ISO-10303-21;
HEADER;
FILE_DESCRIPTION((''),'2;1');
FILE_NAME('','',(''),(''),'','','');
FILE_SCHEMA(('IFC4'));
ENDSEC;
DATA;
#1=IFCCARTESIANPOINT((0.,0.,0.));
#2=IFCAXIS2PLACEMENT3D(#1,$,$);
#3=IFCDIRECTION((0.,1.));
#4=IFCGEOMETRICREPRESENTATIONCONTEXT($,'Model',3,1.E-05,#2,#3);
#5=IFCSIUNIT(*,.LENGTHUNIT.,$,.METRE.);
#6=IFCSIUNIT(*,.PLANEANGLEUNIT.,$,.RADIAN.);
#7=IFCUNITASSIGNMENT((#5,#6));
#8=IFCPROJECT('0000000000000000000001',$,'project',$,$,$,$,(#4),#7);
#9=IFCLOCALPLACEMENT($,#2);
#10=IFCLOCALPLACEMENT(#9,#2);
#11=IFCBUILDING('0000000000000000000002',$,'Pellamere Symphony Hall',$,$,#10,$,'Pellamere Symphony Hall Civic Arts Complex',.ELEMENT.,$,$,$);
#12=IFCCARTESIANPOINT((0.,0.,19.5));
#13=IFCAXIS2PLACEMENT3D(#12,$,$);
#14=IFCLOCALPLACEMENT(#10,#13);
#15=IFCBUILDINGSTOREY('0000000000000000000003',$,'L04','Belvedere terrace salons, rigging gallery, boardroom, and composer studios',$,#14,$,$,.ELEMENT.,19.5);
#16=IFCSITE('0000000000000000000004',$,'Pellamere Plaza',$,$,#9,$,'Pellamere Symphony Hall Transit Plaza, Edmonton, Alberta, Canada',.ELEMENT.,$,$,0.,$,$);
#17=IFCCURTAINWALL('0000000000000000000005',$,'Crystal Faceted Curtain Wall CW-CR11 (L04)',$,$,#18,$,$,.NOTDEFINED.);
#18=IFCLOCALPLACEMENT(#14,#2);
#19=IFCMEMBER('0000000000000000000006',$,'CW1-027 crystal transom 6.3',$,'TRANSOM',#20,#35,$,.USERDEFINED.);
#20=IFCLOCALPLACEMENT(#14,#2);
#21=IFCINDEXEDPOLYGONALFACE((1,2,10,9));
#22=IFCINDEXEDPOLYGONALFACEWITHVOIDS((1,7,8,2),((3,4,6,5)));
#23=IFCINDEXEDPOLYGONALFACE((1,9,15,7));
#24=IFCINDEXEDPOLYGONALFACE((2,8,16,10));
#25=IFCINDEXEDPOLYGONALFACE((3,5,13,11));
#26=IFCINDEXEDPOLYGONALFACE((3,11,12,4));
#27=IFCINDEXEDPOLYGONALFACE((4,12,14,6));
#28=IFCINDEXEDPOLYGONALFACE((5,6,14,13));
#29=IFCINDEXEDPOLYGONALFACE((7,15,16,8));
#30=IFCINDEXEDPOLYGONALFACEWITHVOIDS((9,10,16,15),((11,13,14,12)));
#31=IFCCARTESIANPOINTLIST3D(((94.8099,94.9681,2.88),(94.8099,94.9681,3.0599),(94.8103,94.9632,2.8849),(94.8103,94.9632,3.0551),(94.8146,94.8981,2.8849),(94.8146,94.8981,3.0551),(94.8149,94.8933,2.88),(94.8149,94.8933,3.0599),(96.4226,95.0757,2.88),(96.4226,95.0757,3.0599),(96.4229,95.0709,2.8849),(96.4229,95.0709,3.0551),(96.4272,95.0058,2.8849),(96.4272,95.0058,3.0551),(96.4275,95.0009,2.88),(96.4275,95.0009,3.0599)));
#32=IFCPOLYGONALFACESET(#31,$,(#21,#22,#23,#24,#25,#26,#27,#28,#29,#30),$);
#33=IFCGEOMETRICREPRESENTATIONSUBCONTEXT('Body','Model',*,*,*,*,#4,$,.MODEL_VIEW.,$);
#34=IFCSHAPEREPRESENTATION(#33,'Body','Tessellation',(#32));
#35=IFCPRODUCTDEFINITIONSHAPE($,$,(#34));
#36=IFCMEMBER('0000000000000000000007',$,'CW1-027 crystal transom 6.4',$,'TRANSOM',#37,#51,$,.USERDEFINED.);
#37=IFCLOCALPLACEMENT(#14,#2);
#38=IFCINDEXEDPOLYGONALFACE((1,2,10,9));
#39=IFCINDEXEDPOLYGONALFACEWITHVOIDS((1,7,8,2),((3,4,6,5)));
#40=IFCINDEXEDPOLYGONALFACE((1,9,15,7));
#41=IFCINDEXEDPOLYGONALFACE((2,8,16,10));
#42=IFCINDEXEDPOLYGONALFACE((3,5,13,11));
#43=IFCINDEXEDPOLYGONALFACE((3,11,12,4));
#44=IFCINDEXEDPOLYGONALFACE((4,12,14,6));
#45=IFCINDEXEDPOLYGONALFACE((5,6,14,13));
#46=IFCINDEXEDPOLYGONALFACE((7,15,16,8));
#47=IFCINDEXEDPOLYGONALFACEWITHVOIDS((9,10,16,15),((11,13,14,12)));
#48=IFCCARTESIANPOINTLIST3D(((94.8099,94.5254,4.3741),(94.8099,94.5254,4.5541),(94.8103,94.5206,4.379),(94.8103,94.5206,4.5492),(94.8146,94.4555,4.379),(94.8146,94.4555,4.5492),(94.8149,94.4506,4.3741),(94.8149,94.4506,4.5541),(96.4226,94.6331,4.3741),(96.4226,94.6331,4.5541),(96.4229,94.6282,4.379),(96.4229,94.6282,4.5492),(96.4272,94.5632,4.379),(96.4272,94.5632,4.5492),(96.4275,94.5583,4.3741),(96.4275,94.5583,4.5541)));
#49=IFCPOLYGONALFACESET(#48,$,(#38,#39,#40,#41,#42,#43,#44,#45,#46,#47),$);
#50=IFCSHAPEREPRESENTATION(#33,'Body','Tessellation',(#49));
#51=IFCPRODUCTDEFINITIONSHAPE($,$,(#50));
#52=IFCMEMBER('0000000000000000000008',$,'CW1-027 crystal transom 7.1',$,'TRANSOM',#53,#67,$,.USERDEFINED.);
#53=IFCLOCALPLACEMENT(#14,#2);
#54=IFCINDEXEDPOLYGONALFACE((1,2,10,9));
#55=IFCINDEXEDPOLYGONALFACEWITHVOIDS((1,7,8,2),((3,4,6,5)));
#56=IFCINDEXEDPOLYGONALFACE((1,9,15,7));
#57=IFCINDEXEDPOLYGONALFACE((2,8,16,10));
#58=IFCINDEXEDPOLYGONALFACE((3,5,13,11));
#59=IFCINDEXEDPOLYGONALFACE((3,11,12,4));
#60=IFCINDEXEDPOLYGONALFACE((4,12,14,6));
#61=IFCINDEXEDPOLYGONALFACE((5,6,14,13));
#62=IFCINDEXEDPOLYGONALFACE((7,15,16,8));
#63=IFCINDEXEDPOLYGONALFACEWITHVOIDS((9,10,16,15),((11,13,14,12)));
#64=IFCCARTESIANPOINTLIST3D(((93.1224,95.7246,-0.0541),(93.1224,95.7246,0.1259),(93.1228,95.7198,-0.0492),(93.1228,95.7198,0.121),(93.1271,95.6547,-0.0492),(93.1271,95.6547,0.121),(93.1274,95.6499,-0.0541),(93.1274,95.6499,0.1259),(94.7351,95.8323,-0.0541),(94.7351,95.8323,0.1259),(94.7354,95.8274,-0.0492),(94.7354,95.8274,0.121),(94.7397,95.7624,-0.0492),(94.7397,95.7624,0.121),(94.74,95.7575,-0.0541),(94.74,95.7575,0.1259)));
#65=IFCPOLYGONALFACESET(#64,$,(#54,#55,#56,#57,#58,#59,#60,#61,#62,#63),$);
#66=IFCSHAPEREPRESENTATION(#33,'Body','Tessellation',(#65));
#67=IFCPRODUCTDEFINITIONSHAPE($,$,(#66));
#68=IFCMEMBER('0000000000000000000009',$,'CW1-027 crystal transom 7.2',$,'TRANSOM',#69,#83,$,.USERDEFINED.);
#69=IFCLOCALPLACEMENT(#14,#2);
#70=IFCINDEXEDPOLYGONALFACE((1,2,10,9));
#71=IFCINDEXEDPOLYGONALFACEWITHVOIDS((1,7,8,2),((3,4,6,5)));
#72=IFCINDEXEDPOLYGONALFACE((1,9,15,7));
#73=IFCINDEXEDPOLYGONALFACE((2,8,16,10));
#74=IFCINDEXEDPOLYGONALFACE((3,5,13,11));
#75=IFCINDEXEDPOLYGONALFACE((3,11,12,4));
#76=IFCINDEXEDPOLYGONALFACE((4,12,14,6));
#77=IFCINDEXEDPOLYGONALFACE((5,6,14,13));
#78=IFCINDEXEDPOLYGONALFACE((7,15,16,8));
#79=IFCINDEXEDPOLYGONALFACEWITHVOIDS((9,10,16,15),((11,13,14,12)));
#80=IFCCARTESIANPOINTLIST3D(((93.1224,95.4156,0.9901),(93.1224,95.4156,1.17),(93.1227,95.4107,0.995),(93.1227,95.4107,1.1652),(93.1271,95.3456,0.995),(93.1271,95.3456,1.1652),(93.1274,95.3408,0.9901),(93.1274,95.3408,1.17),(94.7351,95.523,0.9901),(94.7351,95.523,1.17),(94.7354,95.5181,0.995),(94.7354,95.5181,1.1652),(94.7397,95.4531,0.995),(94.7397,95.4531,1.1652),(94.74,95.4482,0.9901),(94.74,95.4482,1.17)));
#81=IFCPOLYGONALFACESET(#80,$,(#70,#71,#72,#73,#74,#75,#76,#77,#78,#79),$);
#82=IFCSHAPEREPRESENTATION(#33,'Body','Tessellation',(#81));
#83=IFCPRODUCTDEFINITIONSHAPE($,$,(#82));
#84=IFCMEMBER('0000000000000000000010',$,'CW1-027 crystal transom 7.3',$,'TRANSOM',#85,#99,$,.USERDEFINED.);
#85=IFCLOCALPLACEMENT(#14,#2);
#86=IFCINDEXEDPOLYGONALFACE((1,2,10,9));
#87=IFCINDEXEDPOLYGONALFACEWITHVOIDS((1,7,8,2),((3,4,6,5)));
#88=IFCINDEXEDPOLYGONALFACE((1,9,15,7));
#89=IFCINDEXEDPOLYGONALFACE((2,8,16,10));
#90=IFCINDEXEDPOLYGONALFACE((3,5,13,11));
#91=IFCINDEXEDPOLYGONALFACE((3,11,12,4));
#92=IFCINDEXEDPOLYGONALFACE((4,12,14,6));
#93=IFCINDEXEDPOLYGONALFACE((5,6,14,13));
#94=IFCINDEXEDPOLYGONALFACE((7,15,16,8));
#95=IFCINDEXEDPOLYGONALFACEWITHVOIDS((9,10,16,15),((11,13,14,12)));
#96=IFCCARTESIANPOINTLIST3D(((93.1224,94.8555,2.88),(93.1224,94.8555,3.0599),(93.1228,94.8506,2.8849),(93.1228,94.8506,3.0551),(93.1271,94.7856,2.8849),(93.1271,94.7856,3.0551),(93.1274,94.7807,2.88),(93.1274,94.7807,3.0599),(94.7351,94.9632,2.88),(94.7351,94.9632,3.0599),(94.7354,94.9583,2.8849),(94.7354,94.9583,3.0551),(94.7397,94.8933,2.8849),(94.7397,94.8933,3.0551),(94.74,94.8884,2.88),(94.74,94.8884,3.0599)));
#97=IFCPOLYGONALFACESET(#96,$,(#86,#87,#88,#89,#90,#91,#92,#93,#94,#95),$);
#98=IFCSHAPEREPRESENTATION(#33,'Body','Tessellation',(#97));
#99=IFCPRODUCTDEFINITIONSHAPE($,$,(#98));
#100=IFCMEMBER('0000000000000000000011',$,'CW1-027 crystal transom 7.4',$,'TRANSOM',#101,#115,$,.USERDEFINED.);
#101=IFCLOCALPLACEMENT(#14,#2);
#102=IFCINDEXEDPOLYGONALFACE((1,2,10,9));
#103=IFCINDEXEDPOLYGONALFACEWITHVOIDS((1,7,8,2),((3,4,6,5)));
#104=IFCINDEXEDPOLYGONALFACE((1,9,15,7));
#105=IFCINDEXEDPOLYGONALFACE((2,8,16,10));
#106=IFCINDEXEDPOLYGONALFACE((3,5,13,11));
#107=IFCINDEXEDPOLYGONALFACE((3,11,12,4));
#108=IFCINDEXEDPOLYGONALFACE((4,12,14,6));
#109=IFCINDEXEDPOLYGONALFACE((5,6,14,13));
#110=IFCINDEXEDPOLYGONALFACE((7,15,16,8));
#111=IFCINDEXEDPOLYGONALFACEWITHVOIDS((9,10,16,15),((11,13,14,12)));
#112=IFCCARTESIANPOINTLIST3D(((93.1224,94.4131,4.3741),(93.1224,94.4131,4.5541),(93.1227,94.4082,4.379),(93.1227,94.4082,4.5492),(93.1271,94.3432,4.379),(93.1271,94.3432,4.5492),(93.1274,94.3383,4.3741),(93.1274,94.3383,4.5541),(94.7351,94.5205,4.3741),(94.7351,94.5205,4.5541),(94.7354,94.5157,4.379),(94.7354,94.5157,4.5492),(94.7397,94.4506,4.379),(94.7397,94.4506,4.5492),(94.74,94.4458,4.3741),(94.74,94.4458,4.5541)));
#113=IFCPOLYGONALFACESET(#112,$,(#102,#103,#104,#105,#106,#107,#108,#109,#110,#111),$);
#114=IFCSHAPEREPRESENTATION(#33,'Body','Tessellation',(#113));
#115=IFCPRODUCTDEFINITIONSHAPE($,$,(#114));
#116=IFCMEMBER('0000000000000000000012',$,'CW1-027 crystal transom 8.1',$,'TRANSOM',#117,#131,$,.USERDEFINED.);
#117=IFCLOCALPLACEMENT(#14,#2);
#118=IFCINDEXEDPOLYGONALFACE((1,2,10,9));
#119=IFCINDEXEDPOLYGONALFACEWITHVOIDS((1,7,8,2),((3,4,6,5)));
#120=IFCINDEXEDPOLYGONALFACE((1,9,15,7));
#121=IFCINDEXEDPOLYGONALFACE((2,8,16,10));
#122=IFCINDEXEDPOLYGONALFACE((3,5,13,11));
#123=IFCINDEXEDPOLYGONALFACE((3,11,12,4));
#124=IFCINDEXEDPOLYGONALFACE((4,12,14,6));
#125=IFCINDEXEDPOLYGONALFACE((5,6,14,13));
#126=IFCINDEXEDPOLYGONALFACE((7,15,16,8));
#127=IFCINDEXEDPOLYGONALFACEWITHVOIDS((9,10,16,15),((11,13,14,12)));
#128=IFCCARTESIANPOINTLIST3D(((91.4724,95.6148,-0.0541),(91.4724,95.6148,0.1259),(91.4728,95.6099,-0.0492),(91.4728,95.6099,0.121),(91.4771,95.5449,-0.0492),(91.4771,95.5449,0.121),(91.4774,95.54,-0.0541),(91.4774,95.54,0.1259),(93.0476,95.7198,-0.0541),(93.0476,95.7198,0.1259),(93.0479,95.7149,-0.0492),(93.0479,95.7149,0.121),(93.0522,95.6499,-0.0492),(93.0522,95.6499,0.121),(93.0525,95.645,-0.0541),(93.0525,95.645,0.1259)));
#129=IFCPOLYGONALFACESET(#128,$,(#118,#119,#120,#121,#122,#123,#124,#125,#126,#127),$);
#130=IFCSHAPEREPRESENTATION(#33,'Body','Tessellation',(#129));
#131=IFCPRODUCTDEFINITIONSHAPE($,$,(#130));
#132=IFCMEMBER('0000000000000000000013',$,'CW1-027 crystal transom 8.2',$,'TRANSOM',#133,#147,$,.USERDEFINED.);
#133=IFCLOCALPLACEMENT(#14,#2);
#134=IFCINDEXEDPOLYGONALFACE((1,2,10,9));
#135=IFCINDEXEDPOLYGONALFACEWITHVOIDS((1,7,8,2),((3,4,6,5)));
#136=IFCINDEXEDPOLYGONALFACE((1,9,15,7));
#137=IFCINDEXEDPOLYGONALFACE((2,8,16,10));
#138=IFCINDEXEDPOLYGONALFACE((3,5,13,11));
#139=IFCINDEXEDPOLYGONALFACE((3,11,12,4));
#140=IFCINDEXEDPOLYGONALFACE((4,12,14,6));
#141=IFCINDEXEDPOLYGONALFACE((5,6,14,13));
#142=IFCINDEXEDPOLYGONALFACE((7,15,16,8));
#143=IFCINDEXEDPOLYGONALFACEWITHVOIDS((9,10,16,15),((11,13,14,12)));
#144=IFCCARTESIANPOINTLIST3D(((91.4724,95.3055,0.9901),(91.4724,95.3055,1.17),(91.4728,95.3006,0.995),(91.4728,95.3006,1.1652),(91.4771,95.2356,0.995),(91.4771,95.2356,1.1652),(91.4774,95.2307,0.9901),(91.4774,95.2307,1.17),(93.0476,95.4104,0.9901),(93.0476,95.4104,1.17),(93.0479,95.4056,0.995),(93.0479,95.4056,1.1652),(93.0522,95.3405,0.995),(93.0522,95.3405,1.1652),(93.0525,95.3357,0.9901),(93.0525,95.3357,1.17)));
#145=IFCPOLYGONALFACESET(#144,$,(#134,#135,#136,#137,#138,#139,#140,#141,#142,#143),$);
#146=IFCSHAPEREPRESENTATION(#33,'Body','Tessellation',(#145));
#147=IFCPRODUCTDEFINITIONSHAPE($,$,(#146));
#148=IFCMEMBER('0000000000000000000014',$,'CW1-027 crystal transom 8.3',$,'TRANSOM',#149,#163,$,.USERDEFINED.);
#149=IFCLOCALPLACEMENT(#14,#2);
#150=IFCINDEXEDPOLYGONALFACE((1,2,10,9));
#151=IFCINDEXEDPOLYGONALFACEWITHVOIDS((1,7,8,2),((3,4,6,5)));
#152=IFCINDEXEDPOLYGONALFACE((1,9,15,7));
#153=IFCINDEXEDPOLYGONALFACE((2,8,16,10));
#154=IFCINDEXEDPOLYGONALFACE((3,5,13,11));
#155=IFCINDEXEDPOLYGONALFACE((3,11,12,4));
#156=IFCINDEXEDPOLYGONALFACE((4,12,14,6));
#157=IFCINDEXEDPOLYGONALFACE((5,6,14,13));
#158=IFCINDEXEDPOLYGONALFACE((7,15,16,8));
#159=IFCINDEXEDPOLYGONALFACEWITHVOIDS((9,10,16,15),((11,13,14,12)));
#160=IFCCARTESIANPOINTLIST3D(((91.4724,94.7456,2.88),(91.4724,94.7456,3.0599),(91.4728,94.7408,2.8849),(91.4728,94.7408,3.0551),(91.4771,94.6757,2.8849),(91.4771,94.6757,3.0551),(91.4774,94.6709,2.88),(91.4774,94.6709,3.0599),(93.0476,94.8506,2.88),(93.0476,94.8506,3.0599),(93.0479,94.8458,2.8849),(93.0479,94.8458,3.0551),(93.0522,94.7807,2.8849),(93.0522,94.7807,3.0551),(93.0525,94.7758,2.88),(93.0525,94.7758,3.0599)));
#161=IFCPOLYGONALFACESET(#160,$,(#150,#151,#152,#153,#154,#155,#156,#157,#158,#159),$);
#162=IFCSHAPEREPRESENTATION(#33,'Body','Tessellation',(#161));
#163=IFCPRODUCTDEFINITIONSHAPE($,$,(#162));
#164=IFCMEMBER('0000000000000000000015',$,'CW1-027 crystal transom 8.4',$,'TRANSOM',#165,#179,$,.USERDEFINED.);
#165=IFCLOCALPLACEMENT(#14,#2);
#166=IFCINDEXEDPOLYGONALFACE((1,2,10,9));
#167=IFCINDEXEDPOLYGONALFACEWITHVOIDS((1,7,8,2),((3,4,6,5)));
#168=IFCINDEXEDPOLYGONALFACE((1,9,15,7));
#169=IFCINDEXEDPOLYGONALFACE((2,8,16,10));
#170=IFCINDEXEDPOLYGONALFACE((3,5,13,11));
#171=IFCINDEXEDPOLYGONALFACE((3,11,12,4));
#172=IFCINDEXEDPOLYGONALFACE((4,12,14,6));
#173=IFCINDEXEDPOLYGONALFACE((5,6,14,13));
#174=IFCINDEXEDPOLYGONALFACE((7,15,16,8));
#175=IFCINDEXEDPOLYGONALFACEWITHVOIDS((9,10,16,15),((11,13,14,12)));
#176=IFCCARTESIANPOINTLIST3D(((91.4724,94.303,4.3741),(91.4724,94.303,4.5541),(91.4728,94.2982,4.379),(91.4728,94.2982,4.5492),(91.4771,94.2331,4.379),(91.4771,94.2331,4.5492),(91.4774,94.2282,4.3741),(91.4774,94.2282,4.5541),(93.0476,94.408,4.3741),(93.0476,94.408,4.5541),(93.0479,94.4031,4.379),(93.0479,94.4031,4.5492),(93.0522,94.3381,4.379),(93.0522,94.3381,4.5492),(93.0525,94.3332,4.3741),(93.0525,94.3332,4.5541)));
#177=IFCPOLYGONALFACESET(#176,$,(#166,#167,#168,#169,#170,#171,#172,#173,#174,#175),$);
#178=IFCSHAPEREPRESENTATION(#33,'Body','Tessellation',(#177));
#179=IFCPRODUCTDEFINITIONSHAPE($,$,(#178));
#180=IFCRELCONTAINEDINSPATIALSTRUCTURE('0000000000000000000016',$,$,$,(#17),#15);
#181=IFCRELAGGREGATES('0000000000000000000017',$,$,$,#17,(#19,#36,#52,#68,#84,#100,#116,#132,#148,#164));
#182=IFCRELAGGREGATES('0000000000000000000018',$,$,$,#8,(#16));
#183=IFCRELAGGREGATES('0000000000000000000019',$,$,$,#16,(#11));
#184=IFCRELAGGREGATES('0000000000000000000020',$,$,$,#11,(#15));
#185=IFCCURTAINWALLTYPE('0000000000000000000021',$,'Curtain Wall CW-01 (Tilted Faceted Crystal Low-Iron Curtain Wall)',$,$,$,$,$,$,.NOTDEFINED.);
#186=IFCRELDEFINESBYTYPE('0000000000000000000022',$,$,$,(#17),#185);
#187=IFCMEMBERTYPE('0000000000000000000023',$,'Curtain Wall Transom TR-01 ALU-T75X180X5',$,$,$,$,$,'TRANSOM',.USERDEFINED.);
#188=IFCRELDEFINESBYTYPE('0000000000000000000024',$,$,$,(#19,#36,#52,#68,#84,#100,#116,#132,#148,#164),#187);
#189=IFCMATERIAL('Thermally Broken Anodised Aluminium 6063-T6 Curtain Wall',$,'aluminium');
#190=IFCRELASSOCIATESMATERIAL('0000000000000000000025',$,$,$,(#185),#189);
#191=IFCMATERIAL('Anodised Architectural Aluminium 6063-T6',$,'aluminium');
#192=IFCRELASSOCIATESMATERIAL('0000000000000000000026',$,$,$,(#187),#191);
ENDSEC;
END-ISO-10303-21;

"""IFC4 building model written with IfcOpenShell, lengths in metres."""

from ifc_helpers import new_model, si_unit, direction, frame, origin, origin_2d, place, context, subcontext, project, spatial, hollow_rectangle, extrude, material, material_profile, profile_set, type_object, element, aggregate, save


model = new_model("IFC4")

# Units and contexts
model_context = context("Model", 3, precision=1e-05, world=origin(), true_north=direction((0.0, 1.0)))
body_context = subcontext(model_context, "Body", "Model", "MODEL_VIEW")
ifc_project = project(units=[si_unit("LENGTHUNIT", "METRE"), si_unit("PLANEANGLEUNIT", "RADIAN")], contexts=[model_context])

# Site, building, storey
site_placement = place(None, origin())
site = spatial("IfcSite", under=ifc_project, at=site_placement, Name="Pellamere Plaza", LongName="Pellamere Symphony Hall Transit Plaza, Edmonton, Alberta, Canada", CompositionType="ELEMENT", RefElevation=0.0)
building_placement = place(site_placement, origin())
building = spatial("IfcBuilding", under=site, at=building_placement, Name="Pellamere Symphony Hall", LongName="Pellamere Symphony Hall Civic Arts Complex", CompositionType="ELEMENT")
storey_placement = place(building_placement, frame((0.0, 0.0, 19.5)))
storey = spatial("IfcBuildingStorey", under=building, at=storey_placement, Name="L04", Description="Belvedere terrace salons, rigging gallery, boardroom, and composer studios", CompositionType="ELEMENT", Elevation=19.5)

# Curtain wall, members
ifc_material_1 = material(Name="Thermally Broken Anodised Aluminium 6063-T6 Curtain Wall", Category="aluminium")
curtain_wall_type = type_object("IfcCurtainWallType", Name="Curtain Wall CW-01 (Tilted Faceted Crystal Low-Iron Curtain Wall)", PredefinedType="NOTDEFINED", material=ifc_material_1)
curtain_wall_placement = place(storey_placement, origin())
curtain_wall = element("IfcCurtainWall", 1, at=curtain_wall_placement, inside=storey, type_object=curtain_wall_type, Name="Crystal Faceted Curtain Wall CW-CR11 (L04)", PredefinedType="NOTDEFINED")
ifc_material_2 = material(Name="Anodised Architectural Aluminium 6063-T6", Category="aluminium")
ifc_material_profile_1 = material_profile(ifc_material_2, hollow_rectangle(XDim=0.075, YDim=0.1799, WallThickness=0.0049, at=origin_2d()), Name="ALU-T75X180X5")
ifc_profile_set_1 = profile_set([ifc_material_profile_1], Name="Anodised Architectural Aluminium 6063-T6")
member_type_1 = type_object("IfcMemberType", Name="Curtain Wall Transom TR-01 ALU-T75X180X5", ElementType="TRANSOM", PredefinedType="USERDEFINED", material=ifc_profile_set_1)
member_1_placement = place(storey_placement, frame((96.425, 95.0383, 2.97), z_axis=(-0.997778, -0.066619, 0.0), x_axis=(0.066619, -0.997778, 0.0)))
member_1 = element("IfcMember", 2, at=member_1_placement, type_object=member_type_1, Name="CW1-027 crystal transom 6.3", ObjectType="TRANSOM", PredefinedType="USERDEFINED", context=body_context, shape_type="SweptSolid", body=[
    extrude(hollow_rectangle(XDim=0.075, YDim=0.1799, WallThickness=0.0049, at=origin_2d()), origin(), (0.0, 0.0, 1.0), 1.6162),
])
member_2_placement = place(storey_placement, frame((96.425, 94.5957, 4.4641), z_axis=(-0.997778, -0.066619, 0.0), x_axis=(0.066619, -0.997778, 0.0)))
member_2 = element("IfcMember", 3, at=member_2_placement, type_object=member_type_1, Name="CW1-027 crystal transom 6.4", ObjectType="TRANSOM", PredefinedType="USERDEFINED", context=body_context, shape_type="SweptSolid", body=[
    extrude(hollow_rectangle(XDim=0.075, YDim=0.1799, WallThickness=0.0049, at=origin_2d()), origin(), (0.0, 0.0, 1.0), 1.6162),
])
member_3_placement = place(storey_placement, frame((94.7375, 95.7949, 0.0359), z_axis=(-0.997778, -0.066619, 0.0), x_axis=(0.066619, -0.997778, 0.0)))
member_3 = element("IfcMember", 4, at=member_3_placement, type_object=member_type_1, Name="CW1-027 crystal transom 7.1", ObjectType="TRANSOM", PredefinedType="USERDEFINED", context=body_context, shape_type="SweptSolid", body=[
    extrude(hollow_rectangle(XDim=0.075, YDim=0.1799, WallThickness=0.0049, at=origin_2d()), origin(), (0.0, 0.0, 1.0), 1.6162),
])
member_4_placement = place(storey_placement, frame((94.7375, 95.4856, 1.0801), z_axis=(-0.997788, -0.066469, 0.0), x_axis=(0.066469, -0.997788, 0.0)))
member_4 = element("IfcMember", 5, at=member_4_placement, type_object=member_type_1, Name="CW1-027 crystal transom 7.2", ObjectType="TRANSOM", PredefinedType="USERDEFINED", context=body_context, shape_type="SweptSolid", body=[
    extrude(hollow_rectangle(XDim=0.075, YDim=0.1799, WallThickness=0.0049, at=origin_2d()), origin(), (0.0, 0.0, 1.0), 1.6162),
])
member_5_placement = place(storey_placement, frame((94.7375, 94.9258, 2.97), z_axis=(-0.997778, -0.066619, 0.0), x_axis=(0.066619, -0.997778, 0.0)))
member_5 = element("IfcMember", 6, at=member_5_placement, type_object=member_type_1, Name="CW1-027 crystal transom 7.3", ObjectType="TRANSOM", PredefinedType="USERDEFINED", context=body_context, shape_type="SweptSolid", body=[
    extrude(hollow_rectangle(XDim=0.075, YDim=0.1799, WallThickness=0.0049, at=origin_2d()), origin(), (0.0, 0.0, 1.0), 1.6162),
])
member_6_placement = place(storey_placement, frame((94.7375, 94.4832, 4.4641), z_axis=(-0.997788, -0.066469, 0.0), x_axis=(0.066469, -0.997788, 0.0)))
member_6 = element("IfcMember", 7, at=member_6_placement, type_object=member_type_1, Name="CW1-027 crystal transom 7.4", ObjectType="TRANSOM", PredefinedType="USERDEFINED", context=body_context, shape_type="SweptSolid", body=[
    extrude(hollow_rectangle(XDim=0.075, YDim=0.1799, WallThickness=0.0049, at=origin_2d()), origin(), (0.0, 0.0, 1.0), 1.6162),
])
member_7_placement = place(storey_placement, frame((93.05, 95.6824, 0.0359), z_axis=(-0.997787, -0.066498, 0.0), x_axis=(0.066498, -0.997787, 0.0)))
member_7 = element("IfcMember", 8, at=member_7_placement, type_object=member_type_1, Name="CW1-027 crystal transom 8.1", ObjectType="TRANSOM", PredefinedType="USERDEFINED", context=body_context, shape_type="SweptSolid", body=[
    extrude(hollow_rectangle(XDim=0.075, YDim=0.1799, WallThickness=0.0049, at=origin_2d()), origin(), (0.0, 0.0, 1.0), 1.5786),
])
member_8_placement = place(storey_placement, frame((93.05, 95.373, 1.0801), z_axis=(-0.997787, -0.066498, 0.0), x_axis=(0.066498, -0.997787, 0.0)))
member_8 = element("IfcMember", 9, at=member_8_placement, type_object=member_type_1, Name="CW1-027 crystal transom 8.2", ObjectType="TRANSOM", PredefinedType="USERDEFINED", context=body_context, shape_type="SweptSolid", body=[
    extrude(hollow_rectangle(XDim=0.075, YDim=0.1799, WallThickness=0.0049, at=origin_2d()), origin(), (0.0, 0.0, 1.0), 1.5786),
])
member_9_placement = place(storey_placement, frame((93.05, 94.8132, 2.97), z_axis=(-0.997787, -0.066498, 0.0), x_axis=(0.066498, -0.997787, 0.0)))
member_9 = element("IfcMember", 10, at=member_9_placement, type_object=member_type_1, Name="CW1-027 crystal transom 8.3", ObjectType="TRANSOM", PredefinedType="USERDEFINED", context=body_context, shape_type="SweptSolid", body=[
    extrude(hollow_rectangle(XDim=0.075, YDim=0.1799, WallThickness=0.0049, at=origin_2d()), origin(), (0.0, 0.0, 1.0), 1.5786),
])
member_10_placement = place(storey_placement, frame((93.05, 94.3706, 4.4641), z_axis=(-0.997787, -0.066498, 0.0), x_axis=(0.066498, -0.997787, 0.0)))
member_10 = element("IfcMember", 11, at=member_10_placement, type_object=member_type_1, Name="CW1-027 crystal transom 8.4", ObjectType="TRANSOM", PredefinedType="USERDEFINED", context=body_context, shape_type="SweptSolid", body=[
    extrude(hollow_rectangle(XDim=0.075, YDim=0.1799, WallThickness=0.0049, at=origin_2d()), origin(), (0.0, 0.0, 1.0), 1.5786),
])

aggregate(curtain_wall, [member_1, member_2, member_3, member_4, member_5, member_6, member_7, member_8, member_9, member_10])

save(model, "model.ifc")
